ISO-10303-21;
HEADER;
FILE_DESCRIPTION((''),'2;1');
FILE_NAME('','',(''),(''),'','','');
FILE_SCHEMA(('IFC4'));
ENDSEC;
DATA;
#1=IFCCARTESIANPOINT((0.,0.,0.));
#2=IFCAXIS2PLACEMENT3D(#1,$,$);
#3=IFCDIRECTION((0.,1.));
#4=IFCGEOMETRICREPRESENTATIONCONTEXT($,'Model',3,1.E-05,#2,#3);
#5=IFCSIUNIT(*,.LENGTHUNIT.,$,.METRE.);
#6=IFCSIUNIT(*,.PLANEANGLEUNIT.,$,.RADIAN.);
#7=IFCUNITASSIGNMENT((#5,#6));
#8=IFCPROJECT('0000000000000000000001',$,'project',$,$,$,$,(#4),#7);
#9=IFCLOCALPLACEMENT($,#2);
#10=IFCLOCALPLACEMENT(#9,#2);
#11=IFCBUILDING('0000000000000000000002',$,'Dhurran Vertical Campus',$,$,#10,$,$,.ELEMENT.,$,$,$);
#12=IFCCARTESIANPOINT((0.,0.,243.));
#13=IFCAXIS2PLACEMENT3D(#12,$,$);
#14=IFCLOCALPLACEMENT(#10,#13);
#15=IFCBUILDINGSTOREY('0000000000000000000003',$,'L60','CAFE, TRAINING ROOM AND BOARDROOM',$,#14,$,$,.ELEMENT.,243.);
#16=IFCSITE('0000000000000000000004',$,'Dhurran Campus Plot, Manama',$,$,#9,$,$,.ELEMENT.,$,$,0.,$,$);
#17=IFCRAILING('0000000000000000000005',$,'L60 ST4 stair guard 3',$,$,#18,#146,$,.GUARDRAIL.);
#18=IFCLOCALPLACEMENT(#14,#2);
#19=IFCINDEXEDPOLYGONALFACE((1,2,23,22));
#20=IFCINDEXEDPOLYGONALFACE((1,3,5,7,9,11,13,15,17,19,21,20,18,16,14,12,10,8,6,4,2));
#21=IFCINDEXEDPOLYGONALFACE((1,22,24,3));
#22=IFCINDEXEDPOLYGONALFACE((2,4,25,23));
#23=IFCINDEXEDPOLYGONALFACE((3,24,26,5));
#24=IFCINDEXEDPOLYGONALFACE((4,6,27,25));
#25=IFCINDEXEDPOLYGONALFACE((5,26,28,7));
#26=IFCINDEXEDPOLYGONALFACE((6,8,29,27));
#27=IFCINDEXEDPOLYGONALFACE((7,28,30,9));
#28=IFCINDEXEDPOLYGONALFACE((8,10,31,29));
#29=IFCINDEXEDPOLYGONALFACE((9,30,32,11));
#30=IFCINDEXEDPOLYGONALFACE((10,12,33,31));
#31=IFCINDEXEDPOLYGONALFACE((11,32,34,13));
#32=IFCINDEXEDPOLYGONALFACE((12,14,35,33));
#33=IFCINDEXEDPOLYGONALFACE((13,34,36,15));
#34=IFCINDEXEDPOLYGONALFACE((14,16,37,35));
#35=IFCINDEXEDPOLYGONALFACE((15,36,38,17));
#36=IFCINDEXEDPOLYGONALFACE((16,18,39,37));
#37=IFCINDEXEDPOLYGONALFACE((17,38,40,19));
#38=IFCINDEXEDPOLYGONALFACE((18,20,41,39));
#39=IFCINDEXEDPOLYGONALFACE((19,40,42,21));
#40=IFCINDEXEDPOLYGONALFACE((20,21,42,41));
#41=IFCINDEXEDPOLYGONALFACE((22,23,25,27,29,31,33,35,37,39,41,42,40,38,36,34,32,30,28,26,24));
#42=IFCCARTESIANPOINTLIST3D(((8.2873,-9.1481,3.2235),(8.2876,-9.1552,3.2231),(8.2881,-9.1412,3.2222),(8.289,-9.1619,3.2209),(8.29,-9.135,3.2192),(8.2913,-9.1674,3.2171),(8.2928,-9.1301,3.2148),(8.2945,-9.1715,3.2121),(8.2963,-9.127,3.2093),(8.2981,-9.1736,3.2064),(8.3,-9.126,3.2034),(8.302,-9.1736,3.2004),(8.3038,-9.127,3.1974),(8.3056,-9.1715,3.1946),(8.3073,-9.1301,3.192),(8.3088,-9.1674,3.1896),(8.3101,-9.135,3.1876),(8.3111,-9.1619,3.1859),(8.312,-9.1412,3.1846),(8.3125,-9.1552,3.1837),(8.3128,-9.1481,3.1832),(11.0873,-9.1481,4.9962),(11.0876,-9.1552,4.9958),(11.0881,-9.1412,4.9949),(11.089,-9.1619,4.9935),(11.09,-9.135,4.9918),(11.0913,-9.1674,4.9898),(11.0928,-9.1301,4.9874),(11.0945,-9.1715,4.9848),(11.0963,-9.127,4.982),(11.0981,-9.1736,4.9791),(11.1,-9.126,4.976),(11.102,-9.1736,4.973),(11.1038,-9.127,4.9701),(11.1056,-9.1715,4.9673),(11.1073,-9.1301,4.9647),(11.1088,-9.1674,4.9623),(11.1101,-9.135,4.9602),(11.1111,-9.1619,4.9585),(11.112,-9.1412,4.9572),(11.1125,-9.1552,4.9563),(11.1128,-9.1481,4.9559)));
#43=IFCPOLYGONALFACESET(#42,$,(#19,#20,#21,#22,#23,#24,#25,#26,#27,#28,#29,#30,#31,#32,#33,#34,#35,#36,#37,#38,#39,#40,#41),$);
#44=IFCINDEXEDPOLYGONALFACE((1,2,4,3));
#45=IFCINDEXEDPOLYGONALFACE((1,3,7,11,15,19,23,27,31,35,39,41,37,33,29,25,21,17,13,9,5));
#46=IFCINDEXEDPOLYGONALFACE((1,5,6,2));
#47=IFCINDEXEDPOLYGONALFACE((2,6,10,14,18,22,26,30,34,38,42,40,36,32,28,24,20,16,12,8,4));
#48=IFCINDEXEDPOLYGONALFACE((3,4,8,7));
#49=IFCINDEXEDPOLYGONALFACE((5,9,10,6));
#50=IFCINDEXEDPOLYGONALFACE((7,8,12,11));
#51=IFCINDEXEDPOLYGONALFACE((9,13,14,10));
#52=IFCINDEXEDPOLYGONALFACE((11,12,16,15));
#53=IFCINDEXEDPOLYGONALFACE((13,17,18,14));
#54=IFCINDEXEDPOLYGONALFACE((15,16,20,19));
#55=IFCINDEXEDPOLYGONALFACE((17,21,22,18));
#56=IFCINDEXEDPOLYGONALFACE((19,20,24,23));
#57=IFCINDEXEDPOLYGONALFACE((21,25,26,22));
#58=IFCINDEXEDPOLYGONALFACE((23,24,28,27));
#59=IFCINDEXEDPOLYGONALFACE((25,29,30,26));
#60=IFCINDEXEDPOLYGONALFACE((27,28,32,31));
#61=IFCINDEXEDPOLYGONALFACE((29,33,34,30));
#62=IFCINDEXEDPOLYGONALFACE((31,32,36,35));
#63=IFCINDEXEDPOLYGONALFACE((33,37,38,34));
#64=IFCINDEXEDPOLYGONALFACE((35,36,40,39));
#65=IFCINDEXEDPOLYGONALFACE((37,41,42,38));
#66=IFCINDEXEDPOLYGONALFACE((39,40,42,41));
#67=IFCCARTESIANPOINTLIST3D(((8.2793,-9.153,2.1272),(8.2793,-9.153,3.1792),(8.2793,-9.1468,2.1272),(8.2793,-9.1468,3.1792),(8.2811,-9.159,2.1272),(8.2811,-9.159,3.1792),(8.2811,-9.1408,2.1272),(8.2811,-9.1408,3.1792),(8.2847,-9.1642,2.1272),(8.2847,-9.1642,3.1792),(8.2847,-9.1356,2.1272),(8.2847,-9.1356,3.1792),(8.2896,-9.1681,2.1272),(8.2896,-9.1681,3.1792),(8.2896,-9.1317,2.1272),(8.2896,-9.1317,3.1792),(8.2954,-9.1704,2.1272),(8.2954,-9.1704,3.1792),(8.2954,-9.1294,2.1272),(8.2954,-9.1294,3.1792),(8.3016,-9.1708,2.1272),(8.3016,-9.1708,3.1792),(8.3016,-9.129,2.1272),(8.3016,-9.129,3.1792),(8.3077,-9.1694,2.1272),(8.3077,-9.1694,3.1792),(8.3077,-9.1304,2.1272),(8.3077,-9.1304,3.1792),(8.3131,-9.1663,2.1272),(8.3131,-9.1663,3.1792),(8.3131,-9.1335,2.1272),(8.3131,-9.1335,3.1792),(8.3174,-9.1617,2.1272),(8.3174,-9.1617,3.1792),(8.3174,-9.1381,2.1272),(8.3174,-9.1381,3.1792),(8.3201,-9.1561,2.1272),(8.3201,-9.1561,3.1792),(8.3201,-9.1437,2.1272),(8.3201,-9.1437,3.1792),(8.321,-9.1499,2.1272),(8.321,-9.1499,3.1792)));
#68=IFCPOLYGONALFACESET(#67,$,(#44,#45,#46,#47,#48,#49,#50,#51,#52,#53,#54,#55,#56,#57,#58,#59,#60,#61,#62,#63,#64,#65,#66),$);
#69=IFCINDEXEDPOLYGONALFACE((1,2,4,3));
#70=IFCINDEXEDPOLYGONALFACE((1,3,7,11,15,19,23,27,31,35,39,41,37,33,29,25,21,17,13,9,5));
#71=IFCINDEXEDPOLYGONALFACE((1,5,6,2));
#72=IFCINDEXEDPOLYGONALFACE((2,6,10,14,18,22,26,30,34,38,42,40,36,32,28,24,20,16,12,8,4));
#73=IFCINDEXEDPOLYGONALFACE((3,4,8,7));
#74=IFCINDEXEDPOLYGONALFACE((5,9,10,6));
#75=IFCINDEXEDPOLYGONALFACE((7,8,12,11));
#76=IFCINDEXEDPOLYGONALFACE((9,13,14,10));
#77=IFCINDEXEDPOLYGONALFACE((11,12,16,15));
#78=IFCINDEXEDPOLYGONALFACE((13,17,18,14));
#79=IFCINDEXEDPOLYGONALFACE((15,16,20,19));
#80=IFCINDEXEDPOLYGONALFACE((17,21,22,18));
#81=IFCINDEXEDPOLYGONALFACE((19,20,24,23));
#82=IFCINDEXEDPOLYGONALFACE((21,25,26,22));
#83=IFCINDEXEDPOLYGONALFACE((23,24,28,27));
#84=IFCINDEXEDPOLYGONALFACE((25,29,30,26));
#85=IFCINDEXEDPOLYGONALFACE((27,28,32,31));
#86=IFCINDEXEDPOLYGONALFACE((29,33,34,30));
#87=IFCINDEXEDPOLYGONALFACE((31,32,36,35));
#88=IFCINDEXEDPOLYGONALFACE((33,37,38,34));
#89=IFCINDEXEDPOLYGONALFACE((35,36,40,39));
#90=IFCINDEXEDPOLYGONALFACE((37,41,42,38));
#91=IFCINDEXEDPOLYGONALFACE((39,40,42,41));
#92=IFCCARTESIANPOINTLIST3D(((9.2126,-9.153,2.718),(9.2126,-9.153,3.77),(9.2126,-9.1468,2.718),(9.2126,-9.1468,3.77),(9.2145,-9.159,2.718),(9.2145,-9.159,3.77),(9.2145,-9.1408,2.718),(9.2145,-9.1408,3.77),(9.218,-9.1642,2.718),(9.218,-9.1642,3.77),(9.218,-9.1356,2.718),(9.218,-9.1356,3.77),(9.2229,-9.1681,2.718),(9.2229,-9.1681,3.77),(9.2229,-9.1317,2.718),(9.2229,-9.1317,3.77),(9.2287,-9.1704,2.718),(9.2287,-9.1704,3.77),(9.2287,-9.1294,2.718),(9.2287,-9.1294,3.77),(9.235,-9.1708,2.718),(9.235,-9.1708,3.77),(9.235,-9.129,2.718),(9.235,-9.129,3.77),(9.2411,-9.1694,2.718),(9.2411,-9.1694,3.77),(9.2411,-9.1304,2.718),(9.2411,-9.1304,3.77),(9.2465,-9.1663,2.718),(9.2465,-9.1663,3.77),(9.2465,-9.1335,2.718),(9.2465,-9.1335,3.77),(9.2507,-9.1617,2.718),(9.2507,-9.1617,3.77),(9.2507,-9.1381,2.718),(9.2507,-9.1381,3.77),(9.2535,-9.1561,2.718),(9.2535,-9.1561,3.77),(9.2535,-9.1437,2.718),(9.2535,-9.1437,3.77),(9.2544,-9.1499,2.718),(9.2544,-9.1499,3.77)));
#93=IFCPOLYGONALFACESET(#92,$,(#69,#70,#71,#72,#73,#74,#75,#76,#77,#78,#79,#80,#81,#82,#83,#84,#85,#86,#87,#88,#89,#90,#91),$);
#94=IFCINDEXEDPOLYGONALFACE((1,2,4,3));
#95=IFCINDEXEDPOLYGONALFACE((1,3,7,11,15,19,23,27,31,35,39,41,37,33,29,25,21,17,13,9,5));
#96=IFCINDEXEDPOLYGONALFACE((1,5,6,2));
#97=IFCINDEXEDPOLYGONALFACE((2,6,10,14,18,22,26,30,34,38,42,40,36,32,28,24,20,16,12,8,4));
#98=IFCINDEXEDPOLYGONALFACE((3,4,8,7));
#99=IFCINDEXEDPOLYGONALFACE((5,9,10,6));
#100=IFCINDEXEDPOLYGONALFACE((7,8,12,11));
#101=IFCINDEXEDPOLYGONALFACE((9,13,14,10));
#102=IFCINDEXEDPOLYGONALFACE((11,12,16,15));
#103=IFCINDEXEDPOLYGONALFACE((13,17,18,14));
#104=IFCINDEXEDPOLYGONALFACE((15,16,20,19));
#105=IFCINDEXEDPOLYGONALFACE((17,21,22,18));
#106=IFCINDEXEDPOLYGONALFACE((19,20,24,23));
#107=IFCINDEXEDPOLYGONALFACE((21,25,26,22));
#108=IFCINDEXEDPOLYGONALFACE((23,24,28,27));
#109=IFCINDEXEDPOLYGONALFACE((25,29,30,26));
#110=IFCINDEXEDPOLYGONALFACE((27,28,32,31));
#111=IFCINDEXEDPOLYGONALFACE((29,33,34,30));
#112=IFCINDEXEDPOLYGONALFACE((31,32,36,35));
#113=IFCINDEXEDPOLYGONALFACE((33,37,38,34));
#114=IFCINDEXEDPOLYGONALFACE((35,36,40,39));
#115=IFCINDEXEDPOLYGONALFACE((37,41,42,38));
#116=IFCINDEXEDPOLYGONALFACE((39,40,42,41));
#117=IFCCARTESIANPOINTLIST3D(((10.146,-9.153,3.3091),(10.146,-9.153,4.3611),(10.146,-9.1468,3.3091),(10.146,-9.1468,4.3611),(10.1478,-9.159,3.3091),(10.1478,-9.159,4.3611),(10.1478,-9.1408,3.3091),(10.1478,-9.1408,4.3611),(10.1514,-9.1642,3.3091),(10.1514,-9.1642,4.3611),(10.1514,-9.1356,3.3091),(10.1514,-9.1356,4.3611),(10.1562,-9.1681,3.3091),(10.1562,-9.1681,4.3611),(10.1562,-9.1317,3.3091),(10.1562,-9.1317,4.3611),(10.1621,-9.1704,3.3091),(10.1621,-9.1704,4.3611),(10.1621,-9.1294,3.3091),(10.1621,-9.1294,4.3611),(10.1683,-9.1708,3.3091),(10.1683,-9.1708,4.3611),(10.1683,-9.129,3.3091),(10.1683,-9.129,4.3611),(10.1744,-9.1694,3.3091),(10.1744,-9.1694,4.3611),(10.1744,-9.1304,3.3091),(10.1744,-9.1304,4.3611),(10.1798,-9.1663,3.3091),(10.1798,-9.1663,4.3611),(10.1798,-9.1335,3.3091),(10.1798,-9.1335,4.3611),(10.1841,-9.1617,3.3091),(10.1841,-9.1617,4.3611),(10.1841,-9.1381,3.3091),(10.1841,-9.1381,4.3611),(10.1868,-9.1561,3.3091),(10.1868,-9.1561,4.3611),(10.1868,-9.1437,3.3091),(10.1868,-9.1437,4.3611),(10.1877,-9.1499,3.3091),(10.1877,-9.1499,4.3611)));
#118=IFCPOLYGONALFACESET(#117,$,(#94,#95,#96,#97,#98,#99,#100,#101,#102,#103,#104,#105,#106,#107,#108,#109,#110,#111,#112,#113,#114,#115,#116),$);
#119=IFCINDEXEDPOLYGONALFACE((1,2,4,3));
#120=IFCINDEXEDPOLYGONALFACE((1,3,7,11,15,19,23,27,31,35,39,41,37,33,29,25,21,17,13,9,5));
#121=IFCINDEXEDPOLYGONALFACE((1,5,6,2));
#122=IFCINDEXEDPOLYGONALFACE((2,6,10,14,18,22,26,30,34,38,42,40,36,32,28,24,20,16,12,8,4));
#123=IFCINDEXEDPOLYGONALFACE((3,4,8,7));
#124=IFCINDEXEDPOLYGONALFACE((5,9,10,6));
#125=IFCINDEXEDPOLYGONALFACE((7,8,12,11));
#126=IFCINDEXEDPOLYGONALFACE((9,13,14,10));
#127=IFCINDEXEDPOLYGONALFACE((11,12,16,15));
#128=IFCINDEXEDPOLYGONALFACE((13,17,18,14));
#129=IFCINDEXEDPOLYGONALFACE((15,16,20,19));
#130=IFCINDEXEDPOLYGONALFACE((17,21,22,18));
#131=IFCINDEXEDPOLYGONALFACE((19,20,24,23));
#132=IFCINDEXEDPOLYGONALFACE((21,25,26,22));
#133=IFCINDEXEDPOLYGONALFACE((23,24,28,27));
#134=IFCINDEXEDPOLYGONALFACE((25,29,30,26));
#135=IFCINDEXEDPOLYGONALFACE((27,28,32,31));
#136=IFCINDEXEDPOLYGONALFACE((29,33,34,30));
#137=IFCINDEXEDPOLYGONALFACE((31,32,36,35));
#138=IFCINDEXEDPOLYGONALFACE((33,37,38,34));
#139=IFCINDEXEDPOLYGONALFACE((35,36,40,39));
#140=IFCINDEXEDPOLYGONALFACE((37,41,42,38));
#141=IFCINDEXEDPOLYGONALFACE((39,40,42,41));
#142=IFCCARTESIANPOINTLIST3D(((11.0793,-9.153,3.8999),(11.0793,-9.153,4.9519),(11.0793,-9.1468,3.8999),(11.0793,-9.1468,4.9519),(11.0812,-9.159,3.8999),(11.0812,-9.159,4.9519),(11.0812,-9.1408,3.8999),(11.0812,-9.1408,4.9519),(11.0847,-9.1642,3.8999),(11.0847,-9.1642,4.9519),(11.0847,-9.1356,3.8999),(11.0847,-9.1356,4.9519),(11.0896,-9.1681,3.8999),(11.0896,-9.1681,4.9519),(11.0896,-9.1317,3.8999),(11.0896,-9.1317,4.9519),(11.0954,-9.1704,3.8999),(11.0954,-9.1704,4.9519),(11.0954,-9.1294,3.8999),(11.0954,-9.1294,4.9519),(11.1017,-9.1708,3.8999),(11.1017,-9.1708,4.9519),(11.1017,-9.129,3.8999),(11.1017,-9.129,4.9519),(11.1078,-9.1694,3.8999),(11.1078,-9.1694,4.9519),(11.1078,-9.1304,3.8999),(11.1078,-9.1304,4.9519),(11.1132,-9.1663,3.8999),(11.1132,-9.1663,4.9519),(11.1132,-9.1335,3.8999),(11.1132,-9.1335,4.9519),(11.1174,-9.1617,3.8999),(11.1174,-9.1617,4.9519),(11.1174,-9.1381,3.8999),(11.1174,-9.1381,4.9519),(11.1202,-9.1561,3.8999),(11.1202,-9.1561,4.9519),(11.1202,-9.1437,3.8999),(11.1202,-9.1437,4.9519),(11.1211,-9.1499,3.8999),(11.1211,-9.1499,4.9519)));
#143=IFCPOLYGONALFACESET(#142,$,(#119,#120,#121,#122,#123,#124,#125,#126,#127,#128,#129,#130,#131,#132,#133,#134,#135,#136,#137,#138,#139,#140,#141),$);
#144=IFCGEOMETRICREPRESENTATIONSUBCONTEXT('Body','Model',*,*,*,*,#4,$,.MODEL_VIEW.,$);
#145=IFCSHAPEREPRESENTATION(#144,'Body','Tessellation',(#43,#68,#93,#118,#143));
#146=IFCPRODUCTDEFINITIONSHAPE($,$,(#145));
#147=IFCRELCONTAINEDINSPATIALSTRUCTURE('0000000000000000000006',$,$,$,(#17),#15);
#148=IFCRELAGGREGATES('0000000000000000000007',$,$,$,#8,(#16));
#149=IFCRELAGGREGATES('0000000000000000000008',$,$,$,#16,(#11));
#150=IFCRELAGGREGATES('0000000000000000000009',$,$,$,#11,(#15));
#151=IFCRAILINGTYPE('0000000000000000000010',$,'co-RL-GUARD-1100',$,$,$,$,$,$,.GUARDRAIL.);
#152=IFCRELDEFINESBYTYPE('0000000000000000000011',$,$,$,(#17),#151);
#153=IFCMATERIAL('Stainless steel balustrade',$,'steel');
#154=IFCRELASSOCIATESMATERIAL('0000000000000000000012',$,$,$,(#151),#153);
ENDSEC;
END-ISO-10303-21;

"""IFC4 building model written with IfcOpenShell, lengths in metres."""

from ifc_helpers import new_model, si_unit, direction, frame, origin, origin_2d, place, context, subcontext, project, spatial, circle, extrude, material, type_object, element, save


model = new_model("IFC4")

# Units and contexts
model_context = context("Model", 3, precision=1e-05, world=origin(), true_north=direction((0.0, 1.0)))
body_context = subcontext(model_context, "Body", "Model", "MODEL_VIEW")
ifc_project = project(units=[si_unit("LENGTHUNIT", "METRE"), si_unit("PLANEANGLEUNIT", "RADIAN")], contexts=[model_context])

# Site, building, storey
site_placement = place(None, origin())
site = spatial("IfcSite", under=ifc_project, at=site_placement, Name="Dhurran Campus Plot, Manama", CompositionType="ELEMENT", RefElevation=0.0)
building_placement = place(site_placement, origin())
building = spatial("IfcBuilding", under=site, at=building_placement, Name="Dhurran Vertical Campus", CompositionType="ELEMENT")
storey_placement = place(building_placement, frame((0.0, 0.0, 243.0)))
storey = spatial("IfcBuildingStorey", under=building, at=storey_placement, Name="L60", Description="CAFE, TRAINING ROOM AND BOARDROOM", CompositionType="ELEMENT", Elevation=243.0)

# Railing
ifc_material_1 = material(Name="Stainless steel balustrade", Category="steel")
railing_type_1 = type_object("IfcRailingType", Name="co-RL-GUARD-1100", PredefinedType="GUARDRAIL", material=ifc_material_1)
railing_1_placement = place(storey_placement, frame((8.3, -9.1499, 2.1272)))
element("IfcRailing", 1, at=railing_1_placement, inside=storey, type_object=railing_type_1, Name="L60 ST4 stair guard 3", PredefinedType="GUARDRAIL", context=body_context, shape_type="SweptSolid", body=[
    extrude(circle(Radius=0.0239, at=origin_2d()), frame((0.0, 0.0, 1.0762), z_axis=(0.844909, 0.0, 0.53491), x_axis=(0.0, 1.0, 0.0)), (0.0, 0.0, 1.0), 3.314),
    extrude(circle(Radius=0.021, at=origin_2d()), origin(), (0.0, 0.0, 1.0), 1.052),
    extrude(circle(Radius=0.021, at=origin_2d()), frame((0.9333, 0.0, 0.5908)), (0.0, 0.0, 1.0), 1.052),
    extrude(circle(Radius=0.021, at=origin_2d()), frame((1.8667, 0.0, 1.1819)), (0.0, 0.0, 1.0), 1.052),
    extrude(circle(Radius=0.021, at=origin_2d()), frame((2.8, 0.0, 1.7727)), (0.0, 0.0, 1.0), 1.052),
])

save(model, "model.ifc")
